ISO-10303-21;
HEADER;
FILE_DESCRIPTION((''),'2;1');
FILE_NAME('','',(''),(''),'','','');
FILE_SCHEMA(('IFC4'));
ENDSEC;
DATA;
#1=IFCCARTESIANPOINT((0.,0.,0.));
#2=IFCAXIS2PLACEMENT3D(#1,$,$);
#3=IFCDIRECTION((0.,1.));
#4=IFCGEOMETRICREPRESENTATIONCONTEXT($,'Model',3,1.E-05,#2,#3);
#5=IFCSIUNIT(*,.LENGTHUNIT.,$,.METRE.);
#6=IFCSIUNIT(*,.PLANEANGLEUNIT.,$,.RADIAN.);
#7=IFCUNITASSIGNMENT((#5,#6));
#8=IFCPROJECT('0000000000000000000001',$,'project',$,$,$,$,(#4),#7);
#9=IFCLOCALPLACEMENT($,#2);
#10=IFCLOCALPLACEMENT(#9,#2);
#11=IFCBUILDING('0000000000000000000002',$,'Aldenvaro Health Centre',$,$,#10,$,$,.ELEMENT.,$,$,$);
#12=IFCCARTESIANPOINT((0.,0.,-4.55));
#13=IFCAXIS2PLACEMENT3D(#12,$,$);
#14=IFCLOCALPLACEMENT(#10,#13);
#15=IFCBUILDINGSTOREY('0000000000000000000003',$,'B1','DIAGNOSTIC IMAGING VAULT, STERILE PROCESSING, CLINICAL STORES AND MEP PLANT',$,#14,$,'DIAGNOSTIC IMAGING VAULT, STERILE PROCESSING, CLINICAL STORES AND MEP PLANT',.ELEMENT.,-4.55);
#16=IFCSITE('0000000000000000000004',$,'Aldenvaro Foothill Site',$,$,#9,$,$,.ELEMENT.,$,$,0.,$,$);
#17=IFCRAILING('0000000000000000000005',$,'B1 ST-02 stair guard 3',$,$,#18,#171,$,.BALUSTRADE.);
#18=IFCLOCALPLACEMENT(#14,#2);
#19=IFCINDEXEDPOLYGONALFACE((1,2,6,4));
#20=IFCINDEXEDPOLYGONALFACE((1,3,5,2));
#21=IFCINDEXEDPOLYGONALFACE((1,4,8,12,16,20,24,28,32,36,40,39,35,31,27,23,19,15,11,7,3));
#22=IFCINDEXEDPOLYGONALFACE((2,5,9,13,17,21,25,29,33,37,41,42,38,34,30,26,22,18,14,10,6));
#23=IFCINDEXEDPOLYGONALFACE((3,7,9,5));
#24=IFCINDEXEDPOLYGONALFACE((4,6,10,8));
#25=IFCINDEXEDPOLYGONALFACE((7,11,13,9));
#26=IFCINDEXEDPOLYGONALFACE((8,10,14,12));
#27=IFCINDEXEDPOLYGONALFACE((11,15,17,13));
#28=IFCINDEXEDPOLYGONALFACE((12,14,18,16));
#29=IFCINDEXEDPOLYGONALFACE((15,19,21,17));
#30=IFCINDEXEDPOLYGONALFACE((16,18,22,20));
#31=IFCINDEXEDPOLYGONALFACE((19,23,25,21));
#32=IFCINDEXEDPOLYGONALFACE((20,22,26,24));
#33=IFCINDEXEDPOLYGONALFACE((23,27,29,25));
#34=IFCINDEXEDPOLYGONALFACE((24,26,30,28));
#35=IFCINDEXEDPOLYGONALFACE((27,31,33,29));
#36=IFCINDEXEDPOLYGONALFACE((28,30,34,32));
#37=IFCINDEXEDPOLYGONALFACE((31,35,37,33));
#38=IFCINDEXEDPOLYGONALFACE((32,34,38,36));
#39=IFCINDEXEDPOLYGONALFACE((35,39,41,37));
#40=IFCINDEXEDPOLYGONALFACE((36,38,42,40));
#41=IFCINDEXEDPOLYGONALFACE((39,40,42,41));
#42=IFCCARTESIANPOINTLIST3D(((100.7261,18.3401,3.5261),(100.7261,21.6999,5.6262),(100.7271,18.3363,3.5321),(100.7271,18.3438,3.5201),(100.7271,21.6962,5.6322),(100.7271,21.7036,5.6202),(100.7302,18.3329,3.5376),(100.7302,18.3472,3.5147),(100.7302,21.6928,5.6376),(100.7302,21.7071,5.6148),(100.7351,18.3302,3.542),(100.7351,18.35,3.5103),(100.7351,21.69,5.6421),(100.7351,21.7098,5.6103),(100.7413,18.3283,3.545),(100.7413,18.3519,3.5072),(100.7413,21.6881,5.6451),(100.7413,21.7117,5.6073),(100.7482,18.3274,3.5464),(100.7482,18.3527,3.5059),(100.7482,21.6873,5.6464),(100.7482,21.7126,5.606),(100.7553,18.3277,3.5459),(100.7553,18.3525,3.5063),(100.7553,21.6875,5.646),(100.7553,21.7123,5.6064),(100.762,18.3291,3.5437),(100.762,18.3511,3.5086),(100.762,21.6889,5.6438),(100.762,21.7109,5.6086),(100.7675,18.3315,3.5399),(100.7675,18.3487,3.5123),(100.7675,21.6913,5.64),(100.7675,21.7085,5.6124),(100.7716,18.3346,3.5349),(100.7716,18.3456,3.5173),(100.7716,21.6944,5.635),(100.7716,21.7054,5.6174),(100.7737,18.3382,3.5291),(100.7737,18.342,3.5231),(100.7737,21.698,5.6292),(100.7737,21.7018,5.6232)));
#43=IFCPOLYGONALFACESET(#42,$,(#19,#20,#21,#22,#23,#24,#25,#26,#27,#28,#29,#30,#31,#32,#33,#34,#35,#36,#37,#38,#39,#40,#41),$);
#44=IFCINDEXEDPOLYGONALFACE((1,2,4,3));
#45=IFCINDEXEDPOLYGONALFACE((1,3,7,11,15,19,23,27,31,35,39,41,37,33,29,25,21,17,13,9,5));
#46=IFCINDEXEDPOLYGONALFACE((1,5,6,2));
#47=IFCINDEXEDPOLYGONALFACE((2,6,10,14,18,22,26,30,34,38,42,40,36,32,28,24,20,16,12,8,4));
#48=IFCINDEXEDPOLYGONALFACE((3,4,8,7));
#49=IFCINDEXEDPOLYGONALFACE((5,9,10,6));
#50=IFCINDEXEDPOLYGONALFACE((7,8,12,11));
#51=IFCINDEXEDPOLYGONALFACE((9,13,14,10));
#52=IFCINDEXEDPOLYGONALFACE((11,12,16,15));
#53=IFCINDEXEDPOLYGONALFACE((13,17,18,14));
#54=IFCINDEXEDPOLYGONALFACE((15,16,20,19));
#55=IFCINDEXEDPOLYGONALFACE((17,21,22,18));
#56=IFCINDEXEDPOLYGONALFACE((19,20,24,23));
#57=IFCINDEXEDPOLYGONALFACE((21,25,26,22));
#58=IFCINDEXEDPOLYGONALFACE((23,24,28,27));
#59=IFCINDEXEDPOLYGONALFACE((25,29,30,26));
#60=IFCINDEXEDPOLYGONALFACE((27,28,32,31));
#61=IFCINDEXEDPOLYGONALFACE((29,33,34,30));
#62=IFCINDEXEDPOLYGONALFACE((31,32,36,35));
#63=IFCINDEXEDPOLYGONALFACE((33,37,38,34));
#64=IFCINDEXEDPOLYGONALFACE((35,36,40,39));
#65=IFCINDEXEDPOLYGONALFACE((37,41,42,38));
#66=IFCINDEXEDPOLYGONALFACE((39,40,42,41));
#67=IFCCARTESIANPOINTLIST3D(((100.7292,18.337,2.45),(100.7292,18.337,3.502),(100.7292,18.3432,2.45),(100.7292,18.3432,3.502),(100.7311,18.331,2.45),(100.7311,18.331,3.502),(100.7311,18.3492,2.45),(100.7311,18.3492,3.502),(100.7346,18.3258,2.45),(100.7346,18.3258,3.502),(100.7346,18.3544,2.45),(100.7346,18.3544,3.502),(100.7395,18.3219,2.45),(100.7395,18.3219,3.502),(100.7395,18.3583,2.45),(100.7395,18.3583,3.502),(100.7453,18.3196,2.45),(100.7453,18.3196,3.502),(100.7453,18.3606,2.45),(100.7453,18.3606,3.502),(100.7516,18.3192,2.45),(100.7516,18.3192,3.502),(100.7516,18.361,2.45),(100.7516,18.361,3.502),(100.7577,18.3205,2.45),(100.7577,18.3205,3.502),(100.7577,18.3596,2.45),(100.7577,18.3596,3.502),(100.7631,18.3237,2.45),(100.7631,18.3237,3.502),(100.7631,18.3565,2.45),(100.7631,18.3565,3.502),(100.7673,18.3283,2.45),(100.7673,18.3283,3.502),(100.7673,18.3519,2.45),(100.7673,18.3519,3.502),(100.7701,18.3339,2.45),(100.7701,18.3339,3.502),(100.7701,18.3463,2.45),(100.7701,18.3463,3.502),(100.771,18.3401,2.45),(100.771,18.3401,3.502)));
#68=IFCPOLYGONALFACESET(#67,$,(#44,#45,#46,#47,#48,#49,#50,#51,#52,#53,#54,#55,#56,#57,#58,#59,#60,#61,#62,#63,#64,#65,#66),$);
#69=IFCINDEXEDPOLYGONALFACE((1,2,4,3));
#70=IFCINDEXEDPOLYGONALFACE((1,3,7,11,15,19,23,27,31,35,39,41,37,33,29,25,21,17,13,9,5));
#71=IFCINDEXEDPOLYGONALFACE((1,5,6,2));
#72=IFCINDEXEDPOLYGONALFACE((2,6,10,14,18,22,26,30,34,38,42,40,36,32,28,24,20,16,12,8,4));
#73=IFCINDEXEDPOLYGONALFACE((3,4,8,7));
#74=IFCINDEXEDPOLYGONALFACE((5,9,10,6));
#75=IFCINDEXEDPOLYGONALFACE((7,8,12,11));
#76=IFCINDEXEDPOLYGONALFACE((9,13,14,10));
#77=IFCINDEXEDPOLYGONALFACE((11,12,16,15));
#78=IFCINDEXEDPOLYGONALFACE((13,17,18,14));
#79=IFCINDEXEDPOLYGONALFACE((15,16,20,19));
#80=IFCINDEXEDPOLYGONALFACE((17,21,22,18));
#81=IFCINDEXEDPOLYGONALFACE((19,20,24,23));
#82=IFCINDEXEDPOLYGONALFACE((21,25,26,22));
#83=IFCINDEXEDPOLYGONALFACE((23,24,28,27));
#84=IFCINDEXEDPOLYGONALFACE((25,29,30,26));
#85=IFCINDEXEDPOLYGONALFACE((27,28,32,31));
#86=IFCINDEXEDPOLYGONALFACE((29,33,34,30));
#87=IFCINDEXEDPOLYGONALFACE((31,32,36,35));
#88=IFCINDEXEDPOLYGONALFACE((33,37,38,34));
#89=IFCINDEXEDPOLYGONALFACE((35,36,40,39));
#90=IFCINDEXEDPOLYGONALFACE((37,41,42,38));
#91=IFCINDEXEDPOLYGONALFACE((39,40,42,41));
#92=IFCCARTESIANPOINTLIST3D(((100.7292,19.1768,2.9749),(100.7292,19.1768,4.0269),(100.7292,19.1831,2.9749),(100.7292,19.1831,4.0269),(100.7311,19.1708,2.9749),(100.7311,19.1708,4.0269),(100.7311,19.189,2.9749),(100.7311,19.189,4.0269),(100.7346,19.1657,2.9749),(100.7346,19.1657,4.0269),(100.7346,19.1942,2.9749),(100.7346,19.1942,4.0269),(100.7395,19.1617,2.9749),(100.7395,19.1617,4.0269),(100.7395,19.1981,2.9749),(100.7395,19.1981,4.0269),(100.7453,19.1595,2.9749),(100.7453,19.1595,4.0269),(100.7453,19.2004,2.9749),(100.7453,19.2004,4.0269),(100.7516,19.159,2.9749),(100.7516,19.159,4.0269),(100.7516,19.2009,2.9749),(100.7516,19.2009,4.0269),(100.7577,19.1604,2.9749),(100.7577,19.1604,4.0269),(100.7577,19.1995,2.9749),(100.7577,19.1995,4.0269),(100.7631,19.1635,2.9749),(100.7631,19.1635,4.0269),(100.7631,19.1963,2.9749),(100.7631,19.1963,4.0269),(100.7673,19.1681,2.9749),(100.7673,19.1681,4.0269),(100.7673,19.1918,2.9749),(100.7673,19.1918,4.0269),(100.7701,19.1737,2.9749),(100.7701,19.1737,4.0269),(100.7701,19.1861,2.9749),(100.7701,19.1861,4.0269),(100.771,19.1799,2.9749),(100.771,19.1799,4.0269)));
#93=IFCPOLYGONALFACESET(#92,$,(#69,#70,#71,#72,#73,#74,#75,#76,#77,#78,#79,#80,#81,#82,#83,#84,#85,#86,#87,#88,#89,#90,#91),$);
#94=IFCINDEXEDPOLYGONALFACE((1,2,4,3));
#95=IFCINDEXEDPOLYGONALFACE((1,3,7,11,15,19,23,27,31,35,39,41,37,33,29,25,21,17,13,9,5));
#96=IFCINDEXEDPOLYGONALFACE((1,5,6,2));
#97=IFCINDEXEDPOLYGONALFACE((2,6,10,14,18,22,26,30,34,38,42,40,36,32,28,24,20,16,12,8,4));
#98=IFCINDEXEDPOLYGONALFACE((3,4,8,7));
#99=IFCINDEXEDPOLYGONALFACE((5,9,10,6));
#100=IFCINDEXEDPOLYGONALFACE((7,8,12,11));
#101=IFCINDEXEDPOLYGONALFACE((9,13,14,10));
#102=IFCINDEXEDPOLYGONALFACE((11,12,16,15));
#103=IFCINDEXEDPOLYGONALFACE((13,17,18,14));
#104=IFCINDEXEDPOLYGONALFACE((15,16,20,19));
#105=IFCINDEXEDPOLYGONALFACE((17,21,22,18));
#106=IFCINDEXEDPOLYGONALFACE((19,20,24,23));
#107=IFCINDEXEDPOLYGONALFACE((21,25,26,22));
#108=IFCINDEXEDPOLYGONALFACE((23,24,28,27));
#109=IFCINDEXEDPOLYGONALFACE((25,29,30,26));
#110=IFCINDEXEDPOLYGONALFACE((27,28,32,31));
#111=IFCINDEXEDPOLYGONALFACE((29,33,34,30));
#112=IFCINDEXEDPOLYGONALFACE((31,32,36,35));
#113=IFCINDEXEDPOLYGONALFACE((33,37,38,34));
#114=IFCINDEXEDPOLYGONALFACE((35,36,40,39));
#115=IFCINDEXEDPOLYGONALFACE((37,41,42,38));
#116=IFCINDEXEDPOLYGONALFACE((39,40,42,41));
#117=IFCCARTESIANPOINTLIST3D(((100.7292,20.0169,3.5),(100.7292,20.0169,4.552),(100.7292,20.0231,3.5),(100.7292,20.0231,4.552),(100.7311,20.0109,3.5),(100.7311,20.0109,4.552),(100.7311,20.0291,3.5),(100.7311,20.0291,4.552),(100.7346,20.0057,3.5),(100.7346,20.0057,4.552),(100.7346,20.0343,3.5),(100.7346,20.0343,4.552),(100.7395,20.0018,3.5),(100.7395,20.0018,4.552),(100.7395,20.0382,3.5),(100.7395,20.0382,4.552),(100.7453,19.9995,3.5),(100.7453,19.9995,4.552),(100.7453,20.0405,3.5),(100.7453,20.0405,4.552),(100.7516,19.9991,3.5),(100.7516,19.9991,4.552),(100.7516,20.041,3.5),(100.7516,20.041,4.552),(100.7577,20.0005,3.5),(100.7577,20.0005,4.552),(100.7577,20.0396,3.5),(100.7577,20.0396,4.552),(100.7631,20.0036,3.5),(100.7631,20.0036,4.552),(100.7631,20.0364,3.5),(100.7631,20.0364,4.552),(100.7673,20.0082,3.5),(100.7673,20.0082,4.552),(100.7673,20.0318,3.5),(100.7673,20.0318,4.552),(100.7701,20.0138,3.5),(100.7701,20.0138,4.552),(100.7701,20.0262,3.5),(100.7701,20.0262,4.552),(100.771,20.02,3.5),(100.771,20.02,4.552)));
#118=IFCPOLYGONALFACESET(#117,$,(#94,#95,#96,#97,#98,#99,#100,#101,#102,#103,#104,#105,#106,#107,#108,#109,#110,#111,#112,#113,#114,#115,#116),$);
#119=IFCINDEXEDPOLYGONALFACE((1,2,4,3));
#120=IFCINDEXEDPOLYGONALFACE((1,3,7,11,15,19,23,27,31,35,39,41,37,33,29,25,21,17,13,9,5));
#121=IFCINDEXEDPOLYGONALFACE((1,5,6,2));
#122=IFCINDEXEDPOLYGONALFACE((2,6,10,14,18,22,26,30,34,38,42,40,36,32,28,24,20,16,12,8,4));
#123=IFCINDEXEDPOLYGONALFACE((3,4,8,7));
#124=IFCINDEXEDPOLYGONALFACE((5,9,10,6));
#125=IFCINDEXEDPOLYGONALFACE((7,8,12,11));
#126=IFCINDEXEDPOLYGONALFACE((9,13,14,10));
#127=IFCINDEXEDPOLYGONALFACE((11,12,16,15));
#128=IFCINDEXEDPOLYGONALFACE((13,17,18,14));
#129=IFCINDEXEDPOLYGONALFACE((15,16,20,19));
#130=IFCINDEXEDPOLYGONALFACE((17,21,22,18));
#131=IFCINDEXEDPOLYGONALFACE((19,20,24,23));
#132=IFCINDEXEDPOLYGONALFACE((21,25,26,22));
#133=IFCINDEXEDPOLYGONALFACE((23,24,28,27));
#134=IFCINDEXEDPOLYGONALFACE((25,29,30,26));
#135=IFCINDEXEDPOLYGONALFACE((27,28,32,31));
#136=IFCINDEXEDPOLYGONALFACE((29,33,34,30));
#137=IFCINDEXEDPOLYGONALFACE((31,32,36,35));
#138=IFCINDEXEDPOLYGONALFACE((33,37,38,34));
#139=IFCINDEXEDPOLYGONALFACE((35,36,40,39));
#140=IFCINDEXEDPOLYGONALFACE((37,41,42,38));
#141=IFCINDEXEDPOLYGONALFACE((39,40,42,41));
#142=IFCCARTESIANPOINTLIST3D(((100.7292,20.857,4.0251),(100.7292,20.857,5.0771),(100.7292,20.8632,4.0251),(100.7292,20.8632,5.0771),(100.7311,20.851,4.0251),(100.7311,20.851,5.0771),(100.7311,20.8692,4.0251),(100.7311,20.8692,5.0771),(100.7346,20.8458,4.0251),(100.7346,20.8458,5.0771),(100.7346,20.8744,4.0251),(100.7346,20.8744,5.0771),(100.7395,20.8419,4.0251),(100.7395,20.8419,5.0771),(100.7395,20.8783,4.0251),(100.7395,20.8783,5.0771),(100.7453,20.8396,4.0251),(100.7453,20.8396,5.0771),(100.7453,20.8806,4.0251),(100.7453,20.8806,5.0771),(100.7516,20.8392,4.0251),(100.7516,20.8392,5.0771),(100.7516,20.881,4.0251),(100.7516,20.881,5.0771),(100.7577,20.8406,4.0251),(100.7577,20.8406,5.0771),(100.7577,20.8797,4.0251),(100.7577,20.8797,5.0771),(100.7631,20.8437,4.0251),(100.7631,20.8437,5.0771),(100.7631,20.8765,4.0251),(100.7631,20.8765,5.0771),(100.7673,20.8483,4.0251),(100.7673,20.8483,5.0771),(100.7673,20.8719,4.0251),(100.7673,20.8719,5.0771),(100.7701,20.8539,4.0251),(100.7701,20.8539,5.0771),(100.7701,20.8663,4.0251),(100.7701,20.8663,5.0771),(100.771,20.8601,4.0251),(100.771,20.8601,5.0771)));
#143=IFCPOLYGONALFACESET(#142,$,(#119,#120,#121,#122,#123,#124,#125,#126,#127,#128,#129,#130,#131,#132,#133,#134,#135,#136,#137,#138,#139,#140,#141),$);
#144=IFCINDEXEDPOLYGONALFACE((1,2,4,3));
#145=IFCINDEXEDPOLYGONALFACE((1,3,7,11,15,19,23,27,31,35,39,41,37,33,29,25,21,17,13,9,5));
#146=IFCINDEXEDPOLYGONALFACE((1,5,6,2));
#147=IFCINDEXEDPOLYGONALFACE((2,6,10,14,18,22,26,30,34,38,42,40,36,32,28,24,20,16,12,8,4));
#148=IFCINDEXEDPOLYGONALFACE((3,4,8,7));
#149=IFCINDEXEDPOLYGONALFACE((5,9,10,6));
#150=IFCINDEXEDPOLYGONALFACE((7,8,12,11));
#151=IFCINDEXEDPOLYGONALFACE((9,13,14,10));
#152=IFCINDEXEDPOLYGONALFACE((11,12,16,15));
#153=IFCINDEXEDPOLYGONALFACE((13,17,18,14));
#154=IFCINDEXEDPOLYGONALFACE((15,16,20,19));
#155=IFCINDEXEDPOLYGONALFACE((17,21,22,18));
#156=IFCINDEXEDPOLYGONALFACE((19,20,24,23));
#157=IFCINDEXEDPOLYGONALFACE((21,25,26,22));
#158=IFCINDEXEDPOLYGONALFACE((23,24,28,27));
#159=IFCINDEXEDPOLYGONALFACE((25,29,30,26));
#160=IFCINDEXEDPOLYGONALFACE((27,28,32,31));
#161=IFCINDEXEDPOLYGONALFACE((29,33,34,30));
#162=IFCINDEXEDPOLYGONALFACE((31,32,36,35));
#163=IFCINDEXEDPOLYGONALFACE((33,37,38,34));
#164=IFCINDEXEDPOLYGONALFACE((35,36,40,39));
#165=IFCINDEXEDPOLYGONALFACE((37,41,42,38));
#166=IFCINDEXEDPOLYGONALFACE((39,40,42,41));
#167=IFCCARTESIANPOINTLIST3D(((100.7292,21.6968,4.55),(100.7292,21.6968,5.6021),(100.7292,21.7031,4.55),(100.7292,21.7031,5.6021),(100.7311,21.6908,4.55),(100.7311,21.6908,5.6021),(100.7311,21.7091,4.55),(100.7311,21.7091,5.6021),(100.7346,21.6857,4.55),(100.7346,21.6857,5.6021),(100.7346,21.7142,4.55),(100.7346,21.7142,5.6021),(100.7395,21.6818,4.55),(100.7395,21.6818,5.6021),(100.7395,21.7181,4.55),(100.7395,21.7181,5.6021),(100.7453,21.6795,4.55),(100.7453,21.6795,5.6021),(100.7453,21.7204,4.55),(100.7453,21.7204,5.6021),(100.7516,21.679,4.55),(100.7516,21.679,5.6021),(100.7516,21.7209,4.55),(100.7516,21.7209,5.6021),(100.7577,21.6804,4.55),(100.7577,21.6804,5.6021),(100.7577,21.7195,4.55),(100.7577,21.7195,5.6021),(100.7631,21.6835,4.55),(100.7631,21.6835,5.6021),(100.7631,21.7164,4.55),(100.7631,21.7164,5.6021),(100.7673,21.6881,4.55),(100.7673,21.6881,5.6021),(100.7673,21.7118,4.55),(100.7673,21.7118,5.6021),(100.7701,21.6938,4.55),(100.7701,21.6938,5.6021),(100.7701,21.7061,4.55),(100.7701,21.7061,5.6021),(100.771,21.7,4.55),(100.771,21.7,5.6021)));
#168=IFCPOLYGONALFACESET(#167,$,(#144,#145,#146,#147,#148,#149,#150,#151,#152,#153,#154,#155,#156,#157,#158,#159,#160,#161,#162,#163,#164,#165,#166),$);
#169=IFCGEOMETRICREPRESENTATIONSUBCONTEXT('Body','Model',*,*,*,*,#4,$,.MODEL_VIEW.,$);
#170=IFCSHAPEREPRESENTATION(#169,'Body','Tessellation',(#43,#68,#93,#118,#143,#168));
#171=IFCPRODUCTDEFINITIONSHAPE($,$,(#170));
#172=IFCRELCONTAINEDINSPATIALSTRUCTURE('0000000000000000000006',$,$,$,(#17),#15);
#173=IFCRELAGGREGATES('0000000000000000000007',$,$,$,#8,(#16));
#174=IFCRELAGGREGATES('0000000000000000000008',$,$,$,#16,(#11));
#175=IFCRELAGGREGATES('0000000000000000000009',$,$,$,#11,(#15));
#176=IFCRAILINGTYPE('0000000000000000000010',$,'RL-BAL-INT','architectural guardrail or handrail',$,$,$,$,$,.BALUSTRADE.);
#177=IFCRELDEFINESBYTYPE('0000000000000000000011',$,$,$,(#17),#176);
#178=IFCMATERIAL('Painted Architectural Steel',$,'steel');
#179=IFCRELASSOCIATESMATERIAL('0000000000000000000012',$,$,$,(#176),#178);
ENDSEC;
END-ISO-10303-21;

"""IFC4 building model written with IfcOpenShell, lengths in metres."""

from ifc_helpers import new_model, si_unit, direction, frame, origin, origin_2d, place, context, subcontext, project, spatial, circle, extrude, material, type_object, element, save


model = new_model("IFC4")

# Units and contexts
model_context = context("Model", 3, precision=1e-05, world=origin(), true_north=direction((0.0, 1.0)))
body_context = subcontext(model_context, "Body", "Model", "MODEL_VIEW")
ifc_project = project(units=[si_unit("LENGTHUNIT", "METRE"), si_unit("PLANEANGLEUNIT", "RADIAN")], contexts=[model_context])

# Site, building, storey
site_placement = place(None, origin())
site = spatial("IfcSite", under=ifc_project, at=site_placement, Name="Aldenvaro Foothill Site", CompositionType="ELEMENT", RefElevation=0.0)
building_placement = place(site_placement, origin())
building = spatial("IfcBuilding", under=site, at=building_placement, Name="Aldenvaro Health Centre", CompositionType="ELEMENT")
storey_placement = place(building_placement, frame((0.0, 0.0, -4.55)))
storey = spatial("IfcBuildingStorey", under=building, at=storey_placement, Name="B1", Description="DIAGNOSTIC IMAGING VAULT, STERILE PROCESSING, CLINICAL STORES AND MEP PLANT", LongName="DIAGNOSTIC IMAGING VAULT, STERILE PROCESSING, CLINICAL STORES AND MEP PLANT", CompositionType="ELEMENT", Elevation=-4.55)

# Railing
ifc_material_1 = material(Name="Painted Architectural Steel", Category="steel")
railing_type_1 = type_object("IfcRailingType", Name="RL-BAL-INT", Description="architectural guardrail or handrail", PredefinedType="BALUSTRADE", material=ifc_material_1)
railing_1_placement = place(storey_placement, frame((100.75, 18.3401, 2.45)))
element("IfcRailing", 1, at=railing_1_placement, inside=storey, type_object=railing_type_1, Name="B1 ST-02 stair guard 3", PredefinedType="BALUSTRADE", context=body_context, shape_type="SweptSolid", body=[
    extrude(circle(Radius=0.0239, at=origin_2d()), frame((0.0, 0.0, 1.0762), z_axis=(0.0, 0.847978, 0.530032), x_axis=(-1.0, 0.0, 0.0)), (0.0, 0.0, 1.0), 3.9622),
    extrude(circle(Radius=0.021, at=origin_2d()), origin(), (0.0, 0.0, 1.0), 1.052),
    extrude(circle(Radius=0.021, at=origin_2d()), frame((0.0, 0.8398, 0.5249)), (0.0, 0.0, 1.0), 1.052),
    extrude(circle(Radius=0.021, at=origin_2d()), frame((0.0, 1.6799, 1.05)), (0.0, 0.0, 1.0), 1.052),
    extrude(circle(Radius=0.021, at=origin_2d()), frame((0.0, 2.52, 1.5752)), (0.0, 0.0, 1.0), 1.052),
    extrude(circle(Radius=0.021, at=origin_2d()), frame((0.0, 3.3599, 2.1001)), (0.0, 0.0, 1.0), 1.052),
])

save(model, "model.ifc")
